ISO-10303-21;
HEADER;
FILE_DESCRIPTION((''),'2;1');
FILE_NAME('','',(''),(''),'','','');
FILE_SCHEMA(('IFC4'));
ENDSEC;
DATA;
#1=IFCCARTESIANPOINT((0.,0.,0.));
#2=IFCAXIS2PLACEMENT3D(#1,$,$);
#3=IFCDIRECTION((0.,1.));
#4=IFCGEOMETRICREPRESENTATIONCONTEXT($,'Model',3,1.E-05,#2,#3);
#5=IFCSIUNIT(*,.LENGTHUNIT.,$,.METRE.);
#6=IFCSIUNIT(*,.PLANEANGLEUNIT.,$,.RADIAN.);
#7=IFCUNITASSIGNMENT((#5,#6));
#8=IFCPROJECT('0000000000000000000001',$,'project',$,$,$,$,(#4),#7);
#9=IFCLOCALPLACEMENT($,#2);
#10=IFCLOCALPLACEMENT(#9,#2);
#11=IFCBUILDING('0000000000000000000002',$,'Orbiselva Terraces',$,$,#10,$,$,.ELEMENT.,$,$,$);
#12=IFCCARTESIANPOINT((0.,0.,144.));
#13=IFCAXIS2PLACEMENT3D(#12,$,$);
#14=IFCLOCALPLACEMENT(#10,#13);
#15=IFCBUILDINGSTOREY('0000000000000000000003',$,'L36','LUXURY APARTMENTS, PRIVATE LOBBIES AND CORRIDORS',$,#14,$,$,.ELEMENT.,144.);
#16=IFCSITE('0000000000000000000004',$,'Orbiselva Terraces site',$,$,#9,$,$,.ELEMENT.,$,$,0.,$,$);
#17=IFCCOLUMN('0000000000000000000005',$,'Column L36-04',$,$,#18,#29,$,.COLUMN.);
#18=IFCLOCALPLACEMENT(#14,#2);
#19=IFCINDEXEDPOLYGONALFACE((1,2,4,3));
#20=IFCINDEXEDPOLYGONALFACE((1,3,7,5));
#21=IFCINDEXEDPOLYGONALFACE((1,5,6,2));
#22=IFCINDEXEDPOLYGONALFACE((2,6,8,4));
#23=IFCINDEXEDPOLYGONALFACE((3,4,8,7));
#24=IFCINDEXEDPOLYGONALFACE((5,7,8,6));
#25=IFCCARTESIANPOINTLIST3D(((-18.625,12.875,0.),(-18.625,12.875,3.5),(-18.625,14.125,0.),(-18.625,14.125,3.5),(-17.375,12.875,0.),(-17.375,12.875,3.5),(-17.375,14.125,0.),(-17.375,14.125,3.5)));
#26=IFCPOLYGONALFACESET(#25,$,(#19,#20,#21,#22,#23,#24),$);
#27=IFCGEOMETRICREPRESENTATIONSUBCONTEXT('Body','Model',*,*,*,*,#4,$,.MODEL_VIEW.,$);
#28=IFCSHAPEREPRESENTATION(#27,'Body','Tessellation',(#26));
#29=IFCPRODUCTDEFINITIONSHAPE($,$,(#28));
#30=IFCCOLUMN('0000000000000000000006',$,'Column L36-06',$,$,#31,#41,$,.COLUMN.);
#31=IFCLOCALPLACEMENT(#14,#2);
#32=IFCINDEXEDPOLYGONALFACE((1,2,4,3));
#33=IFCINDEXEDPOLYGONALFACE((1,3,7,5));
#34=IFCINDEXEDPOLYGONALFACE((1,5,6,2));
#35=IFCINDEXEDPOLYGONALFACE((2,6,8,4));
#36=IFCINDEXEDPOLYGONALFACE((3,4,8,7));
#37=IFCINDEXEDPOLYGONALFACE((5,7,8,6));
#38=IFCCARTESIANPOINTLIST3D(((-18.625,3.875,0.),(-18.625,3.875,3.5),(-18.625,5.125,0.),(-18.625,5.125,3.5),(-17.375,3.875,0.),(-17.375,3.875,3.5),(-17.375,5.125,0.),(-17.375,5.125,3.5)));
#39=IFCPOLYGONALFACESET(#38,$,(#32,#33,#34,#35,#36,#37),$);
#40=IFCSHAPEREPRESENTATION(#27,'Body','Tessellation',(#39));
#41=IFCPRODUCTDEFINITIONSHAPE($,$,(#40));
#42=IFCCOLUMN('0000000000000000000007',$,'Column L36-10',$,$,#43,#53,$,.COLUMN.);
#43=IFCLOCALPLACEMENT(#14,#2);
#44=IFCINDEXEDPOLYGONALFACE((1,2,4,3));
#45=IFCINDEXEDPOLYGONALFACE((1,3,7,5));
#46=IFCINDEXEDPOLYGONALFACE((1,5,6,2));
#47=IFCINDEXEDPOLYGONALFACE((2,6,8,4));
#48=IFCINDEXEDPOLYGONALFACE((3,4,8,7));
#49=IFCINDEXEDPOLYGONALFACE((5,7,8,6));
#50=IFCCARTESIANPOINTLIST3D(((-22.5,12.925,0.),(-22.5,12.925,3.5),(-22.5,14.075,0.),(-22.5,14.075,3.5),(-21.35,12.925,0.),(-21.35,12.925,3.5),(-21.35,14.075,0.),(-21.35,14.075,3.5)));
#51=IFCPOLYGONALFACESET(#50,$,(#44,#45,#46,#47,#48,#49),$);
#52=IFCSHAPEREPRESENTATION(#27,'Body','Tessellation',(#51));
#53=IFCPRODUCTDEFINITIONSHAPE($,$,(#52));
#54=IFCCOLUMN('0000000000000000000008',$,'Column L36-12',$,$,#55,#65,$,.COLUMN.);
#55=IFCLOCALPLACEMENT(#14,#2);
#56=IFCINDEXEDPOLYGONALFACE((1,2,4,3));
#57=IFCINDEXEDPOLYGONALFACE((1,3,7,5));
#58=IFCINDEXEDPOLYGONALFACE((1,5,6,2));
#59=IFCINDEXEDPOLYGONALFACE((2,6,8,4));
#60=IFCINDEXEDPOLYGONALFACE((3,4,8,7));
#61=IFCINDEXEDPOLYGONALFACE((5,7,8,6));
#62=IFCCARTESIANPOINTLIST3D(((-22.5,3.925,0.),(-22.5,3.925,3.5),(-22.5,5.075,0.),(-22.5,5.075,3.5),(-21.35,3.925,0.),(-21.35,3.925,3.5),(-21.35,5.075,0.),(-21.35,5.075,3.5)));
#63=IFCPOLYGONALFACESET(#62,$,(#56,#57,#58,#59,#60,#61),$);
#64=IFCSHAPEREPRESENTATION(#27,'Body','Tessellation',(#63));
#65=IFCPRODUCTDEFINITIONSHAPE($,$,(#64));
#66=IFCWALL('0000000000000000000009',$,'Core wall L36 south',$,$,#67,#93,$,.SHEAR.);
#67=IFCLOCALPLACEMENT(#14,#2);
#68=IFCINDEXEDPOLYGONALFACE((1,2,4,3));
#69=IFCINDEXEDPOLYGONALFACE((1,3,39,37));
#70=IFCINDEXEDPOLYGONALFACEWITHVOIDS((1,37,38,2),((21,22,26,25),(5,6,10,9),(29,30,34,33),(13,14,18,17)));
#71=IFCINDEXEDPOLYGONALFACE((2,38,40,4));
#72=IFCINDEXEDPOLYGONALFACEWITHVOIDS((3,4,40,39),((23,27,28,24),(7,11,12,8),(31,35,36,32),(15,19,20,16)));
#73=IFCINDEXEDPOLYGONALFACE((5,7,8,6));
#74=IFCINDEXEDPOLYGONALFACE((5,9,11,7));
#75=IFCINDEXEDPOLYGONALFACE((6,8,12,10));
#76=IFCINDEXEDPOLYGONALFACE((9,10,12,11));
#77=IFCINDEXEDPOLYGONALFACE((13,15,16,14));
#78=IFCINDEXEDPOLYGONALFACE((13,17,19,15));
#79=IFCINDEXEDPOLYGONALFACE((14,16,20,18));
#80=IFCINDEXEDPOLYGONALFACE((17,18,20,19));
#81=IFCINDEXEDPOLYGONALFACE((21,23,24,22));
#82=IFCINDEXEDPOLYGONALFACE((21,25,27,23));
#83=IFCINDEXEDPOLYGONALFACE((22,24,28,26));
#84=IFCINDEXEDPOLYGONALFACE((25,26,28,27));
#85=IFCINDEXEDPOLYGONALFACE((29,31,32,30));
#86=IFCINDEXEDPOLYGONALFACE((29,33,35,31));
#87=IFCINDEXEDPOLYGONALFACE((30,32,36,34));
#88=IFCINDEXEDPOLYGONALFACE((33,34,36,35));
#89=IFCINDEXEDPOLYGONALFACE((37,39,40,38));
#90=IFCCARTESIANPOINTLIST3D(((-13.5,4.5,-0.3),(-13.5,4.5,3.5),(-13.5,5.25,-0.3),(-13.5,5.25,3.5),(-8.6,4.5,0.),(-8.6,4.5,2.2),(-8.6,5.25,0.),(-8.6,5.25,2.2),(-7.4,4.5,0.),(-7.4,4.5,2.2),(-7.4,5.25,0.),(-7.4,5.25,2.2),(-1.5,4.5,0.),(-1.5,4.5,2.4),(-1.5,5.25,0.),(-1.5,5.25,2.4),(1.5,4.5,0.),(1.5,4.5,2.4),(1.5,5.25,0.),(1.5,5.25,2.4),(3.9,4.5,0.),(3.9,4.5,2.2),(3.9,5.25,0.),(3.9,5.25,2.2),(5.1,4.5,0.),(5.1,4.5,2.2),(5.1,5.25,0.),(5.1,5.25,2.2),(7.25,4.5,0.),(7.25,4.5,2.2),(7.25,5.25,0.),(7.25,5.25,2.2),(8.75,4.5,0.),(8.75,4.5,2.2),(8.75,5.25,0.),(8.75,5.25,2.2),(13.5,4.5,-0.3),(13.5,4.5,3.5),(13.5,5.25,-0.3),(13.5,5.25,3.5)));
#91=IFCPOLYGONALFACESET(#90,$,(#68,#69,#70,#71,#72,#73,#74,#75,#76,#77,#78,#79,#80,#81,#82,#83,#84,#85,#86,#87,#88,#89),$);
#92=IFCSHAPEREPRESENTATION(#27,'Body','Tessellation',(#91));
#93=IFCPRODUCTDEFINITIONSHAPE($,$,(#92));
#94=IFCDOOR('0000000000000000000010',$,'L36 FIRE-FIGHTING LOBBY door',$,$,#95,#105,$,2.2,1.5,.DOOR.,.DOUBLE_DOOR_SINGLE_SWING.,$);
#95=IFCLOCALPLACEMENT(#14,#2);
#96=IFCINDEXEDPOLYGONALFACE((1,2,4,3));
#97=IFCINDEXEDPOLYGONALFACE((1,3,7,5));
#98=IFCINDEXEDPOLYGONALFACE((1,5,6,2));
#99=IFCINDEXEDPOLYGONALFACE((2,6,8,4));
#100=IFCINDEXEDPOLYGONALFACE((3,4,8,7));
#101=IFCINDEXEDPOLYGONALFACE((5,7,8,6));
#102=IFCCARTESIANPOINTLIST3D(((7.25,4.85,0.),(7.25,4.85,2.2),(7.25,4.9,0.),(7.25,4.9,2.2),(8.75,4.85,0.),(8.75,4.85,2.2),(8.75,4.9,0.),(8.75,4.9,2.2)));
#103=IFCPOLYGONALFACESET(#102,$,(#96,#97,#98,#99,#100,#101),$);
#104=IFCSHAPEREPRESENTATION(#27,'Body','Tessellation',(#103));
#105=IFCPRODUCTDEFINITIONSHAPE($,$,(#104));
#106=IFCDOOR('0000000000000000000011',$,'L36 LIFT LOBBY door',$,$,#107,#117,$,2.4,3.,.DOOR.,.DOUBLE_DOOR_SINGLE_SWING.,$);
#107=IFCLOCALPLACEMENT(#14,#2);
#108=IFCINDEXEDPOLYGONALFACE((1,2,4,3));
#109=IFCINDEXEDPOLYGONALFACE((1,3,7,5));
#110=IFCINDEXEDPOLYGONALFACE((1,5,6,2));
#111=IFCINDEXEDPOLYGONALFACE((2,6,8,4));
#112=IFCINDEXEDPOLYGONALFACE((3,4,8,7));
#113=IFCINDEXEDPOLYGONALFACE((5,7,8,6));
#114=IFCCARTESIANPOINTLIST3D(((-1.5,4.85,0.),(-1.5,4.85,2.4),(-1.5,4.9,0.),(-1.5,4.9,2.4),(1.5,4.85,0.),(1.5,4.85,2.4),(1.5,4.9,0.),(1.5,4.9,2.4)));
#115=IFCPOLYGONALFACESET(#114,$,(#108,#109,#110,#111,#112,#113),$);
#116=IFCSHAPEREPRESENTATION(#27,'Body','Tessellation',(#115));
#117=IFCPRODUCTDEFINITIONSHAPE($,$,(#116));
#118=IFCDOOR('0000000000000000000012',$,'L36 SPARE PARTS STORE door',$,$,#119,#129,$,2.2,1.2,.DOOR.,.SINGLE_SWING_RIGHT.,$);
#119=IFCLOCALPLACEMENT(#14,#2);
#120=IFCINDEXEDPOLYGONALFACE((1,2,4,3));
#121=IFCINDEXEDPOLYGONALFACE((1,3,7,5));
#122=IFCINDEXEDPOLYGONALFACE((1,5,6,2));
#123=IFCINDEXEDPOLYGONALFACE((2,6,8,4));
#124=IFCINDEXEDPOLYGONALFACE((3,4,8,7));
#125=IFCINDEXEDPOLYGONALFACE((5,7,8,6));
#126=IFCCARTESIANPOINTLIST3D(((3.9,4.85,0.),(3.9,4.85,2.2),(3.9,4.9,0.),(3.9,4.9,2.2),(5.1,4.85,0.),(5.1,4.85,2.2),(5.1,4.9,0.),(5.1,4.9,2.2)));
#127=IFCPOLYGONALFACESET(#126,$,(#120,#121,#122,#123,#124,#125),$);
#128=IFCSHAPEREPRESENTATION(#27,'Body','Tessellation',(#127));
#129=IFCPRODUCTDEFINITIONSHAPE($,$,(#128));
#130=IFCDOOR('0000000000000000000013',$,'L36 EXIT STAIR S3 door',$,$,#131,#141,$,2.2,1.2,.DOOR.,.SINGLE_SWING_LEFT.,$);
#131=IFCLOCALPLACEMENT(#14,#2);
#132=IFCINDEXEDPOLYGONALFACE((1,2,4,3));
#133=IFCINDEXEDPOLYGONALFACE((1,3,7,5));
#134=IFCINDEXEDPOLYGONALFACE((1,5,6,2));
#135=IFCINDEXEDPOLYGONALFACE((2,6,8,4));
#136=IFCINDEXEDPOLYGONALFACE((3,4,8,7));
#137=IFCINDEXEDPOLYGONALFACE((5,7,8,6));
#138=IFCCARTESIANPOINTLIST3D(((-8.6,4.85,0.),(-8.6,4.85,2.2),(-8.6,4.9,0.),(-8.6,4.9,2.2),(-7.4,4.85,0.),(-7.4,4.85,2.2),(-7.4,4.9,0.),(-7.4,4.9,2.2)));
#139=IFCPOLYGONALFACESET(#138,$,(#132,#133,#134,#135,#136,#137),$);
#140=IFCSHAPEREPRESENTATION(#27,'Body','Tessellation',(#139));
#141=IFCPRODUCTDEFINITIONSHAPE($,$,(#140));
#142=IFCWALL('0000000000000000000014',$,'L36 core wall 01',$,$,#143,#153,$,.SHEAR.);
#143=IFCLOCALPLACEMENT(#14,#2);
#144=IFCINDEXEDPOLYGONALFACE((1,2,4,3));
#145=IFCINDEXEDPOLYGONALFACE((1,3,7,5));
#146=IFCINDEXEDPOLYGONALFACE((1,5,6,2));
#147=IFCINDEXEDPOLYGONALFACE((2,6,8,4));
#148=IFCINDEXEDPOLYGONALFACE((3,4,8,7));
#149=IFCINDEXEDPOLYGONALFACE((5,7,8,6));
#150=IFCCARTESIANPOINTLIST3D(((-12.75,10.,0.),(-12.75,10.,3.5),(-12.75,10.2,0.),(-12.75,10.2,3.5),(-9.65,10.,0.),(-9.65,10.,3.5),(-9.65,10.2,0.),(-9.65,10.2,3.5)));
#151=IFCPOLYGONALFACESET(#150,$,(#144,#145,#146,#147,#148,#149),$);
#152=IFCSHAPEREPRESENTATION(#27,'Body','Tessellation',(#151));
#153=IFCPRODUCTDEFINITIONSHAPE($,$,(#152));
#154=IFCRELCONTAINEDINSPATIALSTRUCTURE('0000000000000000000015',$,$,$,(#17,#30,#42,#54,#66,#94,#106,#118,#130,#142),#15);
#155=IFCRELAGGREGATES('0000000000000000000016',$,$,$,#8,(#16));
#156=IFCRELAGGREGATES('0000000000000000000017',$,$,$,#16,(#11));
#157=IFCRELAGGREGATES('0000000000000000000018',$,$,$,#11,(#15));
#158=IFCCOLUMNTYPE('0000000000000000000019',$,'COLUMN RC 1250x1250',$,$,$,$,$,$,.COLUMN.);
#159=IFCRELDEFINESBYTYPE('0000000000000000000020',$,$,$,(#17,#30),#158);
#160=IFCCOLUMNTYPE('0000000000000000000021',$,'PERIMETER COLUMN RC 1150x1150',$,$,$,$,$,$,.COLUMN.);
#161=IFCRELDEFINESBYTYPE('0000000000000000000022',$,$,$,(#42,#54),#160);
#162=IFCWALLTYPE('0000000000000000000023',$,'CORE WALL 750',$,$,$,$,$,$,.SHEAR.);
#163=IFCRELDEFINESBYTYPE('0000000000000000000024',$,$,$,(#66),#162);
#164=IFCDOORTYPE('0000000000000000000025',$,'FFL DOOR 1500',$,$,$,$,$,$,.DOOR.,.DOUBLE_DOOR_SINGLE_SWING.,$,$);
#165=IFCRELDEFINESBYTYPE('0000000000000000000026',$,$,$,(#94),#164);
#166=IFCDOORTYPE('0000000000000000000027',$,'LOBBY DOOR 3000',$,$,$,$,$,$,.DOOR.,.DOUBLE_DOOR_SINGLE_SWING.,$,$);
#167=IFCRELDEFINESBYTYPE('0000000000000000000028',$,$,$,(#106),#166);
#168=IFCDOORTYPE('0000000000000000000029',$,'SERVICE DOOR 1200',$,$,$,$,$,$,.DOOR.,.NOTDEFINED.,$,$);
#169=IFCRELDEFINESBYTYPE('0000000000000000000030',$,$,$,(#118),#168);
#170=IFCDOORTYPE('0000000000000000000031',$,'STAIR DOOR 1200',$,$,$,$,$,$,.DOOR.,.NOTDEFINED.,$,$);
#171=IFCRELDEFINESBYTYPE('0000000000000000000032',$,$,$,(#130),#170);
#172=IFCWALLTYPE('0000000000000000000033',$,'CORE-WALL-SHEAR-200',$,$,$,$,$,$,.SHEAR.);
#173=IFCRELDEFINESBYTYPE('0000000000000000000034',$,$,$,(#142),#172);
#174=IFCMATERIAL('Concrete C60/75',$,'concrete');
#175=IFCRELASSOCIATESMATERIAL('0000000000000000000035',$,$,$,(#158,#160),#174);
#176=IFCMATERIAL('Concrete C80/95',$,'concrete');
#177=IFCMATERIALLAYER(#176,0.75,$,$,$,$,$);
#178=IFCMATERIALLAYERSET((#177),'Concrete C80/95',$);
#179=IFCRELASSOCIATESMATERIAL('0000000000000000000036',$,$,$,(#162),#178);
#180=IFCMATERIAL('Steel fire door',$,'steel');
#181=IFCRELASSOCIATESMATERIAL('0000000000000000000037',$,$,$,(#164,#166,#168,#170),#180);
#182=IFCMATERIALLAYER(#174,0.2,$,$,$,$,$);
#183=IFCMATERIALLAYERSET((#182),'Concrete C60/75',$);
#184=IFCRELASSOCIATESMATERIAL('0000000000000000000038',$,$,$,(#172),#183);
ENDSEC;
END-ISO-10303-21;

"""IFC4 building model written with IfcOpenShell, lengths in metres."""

from ifc_helpers import new_model, si_unit, direction, frame, frame_2d, origin, origin_2d, place, context, subcontext, project, spatial, rectangle, extrude, material, layer, layer_set, material_profile, profile_set, type_object, element, fill, save


model = new_model("IFC4")

# Units and contexts
model_context = context("Model", 3, precision=1e-05, world=origin(), true_north=direction((0.0, 1.0)))
body_context = subcontext(model_context, "Body", "Model", "MODEL_VIEW")
ifc_project = project(units=[si_unit("LENGTHUNIT", "METRE"), si_unit("PLANEANGLEUNIT", "RADIAN")], contexts=[model_context])

# Site, building, storey
site_placement = place(None, origin())
site = spatial("IfcSite", under=ifc_project, at=site_placement, Name="Orbiselva Terraces site", CompositionType="ELEMENT", RefElevation=0.0)
building_placement = place(site_placement, origin())
building = spatial("IfcBuilding", under=site, at=building_placement, Name="Orbiselva Terraces", CompositionType="ELEMENT")
storey_placement = place(building_placement, frame((0.0, 0.0, 144.0)))
storey = spatial("IfcBuildingStorey", under=building, at=storey_placement, Name="L36", Description="LUXURY APARTMENTS, PRIVATE LOBBIES AND CORRIDORS", CompositionType="ELEMENT", Elevation=144.0)

# Columns
ifc_material_1 = material(Name="Concrete C60/75", Category="concrete")
ifc_material_profile_1 = material_profile(ifc_material_1, rectangle(XDim=1.25, YDim=1.25, at=origin_2d()), Name="RC 1250x1250")
ifc_profile_set_1 = profile_set([ifc_material_profile_1], Name="Concrete C60/75")
column_type_1 = type_object("IfcColumnType", Name="COLUMN RC 1250x1250", PredefinedType="COLUMN", material=ifc_profile_set_1)
for number, where, z_axis, x_axis, name in (
    (1, (-18.0, 13.5, 0.0), (0.0, 0.0, 1.0), (1.0, 0.0, 0.0), "Column L36-04"),
    (2, (-18.0, 4.5, 0.0), (0.0, 0.0, 1.0), (1.0, 0.0, 0.0), "Column L36-06"),
):
    element("IfcColumn", number, at=place(storey_placement, frame(where, z_axis=z_axis, x_axis=x_axis)), inside=storey, type_object=column_type_1, Name=name, PredefinedType="COLUMN", context=body_context, shape_type="SweptSolid", body=[
        extrude(rectangle(XDim=1.25, YDim=1.25, at=origin_2d()), origin(), (0.0, 0.0, 1.0), 3.5),
    ])
ifc_material_profile_2 = material_profile(ifc_material_1, rectangle(XDim=1.15, YDim=1.15, at=origin_2d()), Name="RC 1150x1150")
ifc_profile_set_2 = profile_set([ifc_material_profile_2], Name="Concrete C60/75")
column_type_2 = type_object("IfcColumnType", Name="PERIMETER COLUMN RC 1150x1150", PredefinedType="COLUMN", material=ifc_profile_set_2)
for number, where, z_axis, x_axis, name in (
    (3, (-21.925, 13.5, 0.0), (0.0, 0.0, 1.0), (1.0, 0.0, 0.0), "Column L36-10"),
    (4, (-21.925, 4.5, 0.0), (0.0, 0.0, 1.0), (1.0, 0.0, 0.0), "Column L36-12"),
):
    element("IfcColumn", number, at=place(storey_placement, frame(where, z_axis=z_axis, x_axis=x_axis)), inside=storey, type_object=column_type_2, Name=name, PredefinedType="COLUMN", context=body_context, shape_type="SweptSolid", body=[
        extrude(rectangle(XDim=1.15, YDim=1.15, at=origin_2d()), origin(), (0.0, 0.0, 1.0), 3.5),
    ])

# Wall, openings, doors
ifc_material_2 = material(Name="Concrete C80/95", Category="concrete")
ifc_layer_1 = layer(ifc_material_2, 0.75)
ifc_layer_set_1 = layer_set([ifc_layer_1], Name="Concrete C80/95")
wall_type_1 = type_object("IfcWallType", Name="CORE WALL 750", PredefinedType="SHEAR", material=ifc_layer_set_1)
wall_1_placement = place(storey_placement, frame((-13.5, 4.875, -0.3), z_axis=(0.0, 0.0, 1.0), x_axis=(1.0, 0.0, 0.0)))
wall_1 = element("IfcWall", 5, at=wall_1_placement, inside=storey, type_object=wall_type_1, Name="Core wall L36 south", PredefinedType="SHEAR", context=body_context, shape_type="SweptSolid", body=[
    extrude(rectangle(XDim=27.0, YDim=0.75, at=frame_2d((13.5, 0.0))), origin(), (0.0, 0.0, 1.0), 3.8),
])
opening_1_placement = place(wall_1_placement, frame((12.0, 0.0, 0.3)))
opening_1 = element("IfcOpeningElement", 6, at=opening_1_placement, cuts=wall_1, PredefinedType="OPENING", context=body_context, shape_type="SweptSolid", body=[
    extrude(rectangle(XDim=3.0, YDim=2.4, at=frame_2d((1.5, 1.2))), frame((0.0, 0.385, 0.0), z_axis=(0.0, -1.0, 0.0), x_axis=(1.0, 0.0, 0.0)), (0.0, 0.0, 1.0), 0.77),
])
opening_2_placement = place(wall_1_placement, frame((4.9, 0.0, 0.3)))
opening_2 = element("IfcOpeningElement", 7, at=opening_2_placement, cuts=wall_1, PredefinedType="OPENING", context=body_context, shape_type="SweptSolid", body=[
    extrude(rectangle(XDim=1.2, YDim=2.2, at=frame_2d((0.6, 1.1))), frame((0.0, 0.385, 0.0), z_axis=(0.0, -1.0, 0.0), x_axis=(1.0, 0.0, 0.0)), (0.0, 0.0, 1.0), 0.77),
])
opening_3_placement = place(wall_1_placement, frame((20.75, 0.0, 0.3)))
opening_3 = element("IfcOpeningElement", 8, at=opening_3_placement, cuts=wall_1, PredefinedType="OPENING", context=body_context, shape_type="SweptSolid", body=[
    extrude(rectangle(XDim=1.5, YDim=2.2, at=frame_2d((0.75, 1.1))), frame((0.0, 0.385, 0.0), z_axis=(0.0, -1.0, 0.0), x_axis=(1.0, 0.0, 0.0)), (0.0, 0.0, 1.0), 0.77),
])
opening_4_placement = place(wall_1_placement, frame((17.4, 0.0, 0.3)))
opening_4 = element("IfcOpeningElement", 9, at=opening_4_placement, cuts=wall_1, PredefinedType="OPENING", context=body_context, shape_type="SweptSolid", body=[
    extrude(rectangle(XDim=1.2, YDim=2.2, at=frame_2d((0.6, 1.1))), frame((0.0, 0.385, 0.0), z_axis=(0.0, -1.0, 0.0), x_axis=(1.0, 0.0, 0.0)), (0.0, 0.0, 1.0), 0.77),
])
ifc_material_3 = material(Name="Steel fire door", Category="steel")
door_type_1 = type_object("IfcDoorType", Name="FFL DOOR 1500", OperationType="DOUBLE_DOOR_SINGLE_SWING", PredefinedType="DOOR", material=ifc_material_3)
door_1_placement = place(opening_3_placement, frame((1.5, 0.0, 0.0), z_axis=(0.0, 0.0, 1.0), x_axis=(-1.0, 0.0, 0.0)))
door_1 = element("IfcDoor", 10, at=door_1_placement, inside=storey, type_object=door_type_1, Name="L36 FIRE-FIGHTING LOBBY door", OperationType="DOUBLE_DOOR_SINGLE_SWING", OverallHeight=2.2, OverallWidth=1.5, PredefinedType="DOOR", context=body_context, shape_type="SweptSolid", body=[
    extrude(rectangle(XDim=1.5, YDim=2.2, at=frame_2d((0.75, 1.1))), frame((0.0, 0.025, 0.0), z_axis=(0.0, -1.0, 0.0), x_axis=(1.0, 0.0, 0.0)), (0.0, 0.0, 1.0), 0.05),
])
fill(opening_3, door_1)
door_type_2 = type_object("IfcDoorType", Name="LOBBY DOOR 3000", OperationType="DOUBLE_DOOR_SINGLE_SWING", PredefinedType="DOOR", material=ifc_material_3)
door_2_placement = place(opening_1_placement, frame((3.0, 0.0, 0.0), z_axis=(0.0, 0.0, 1.0), x_axis=(-1.0, 0.0, 0.0)))
door_2 = element("IfcDoor", 11, at=door_2_placement, inside=storey, type_object=door_type_2, Name="L36 LIFT LOBBY door", OperationType="DOUBLE_DOOR_SINGLE_SWING", OverallHeight=2.4, OverallWidth=3.0, PredefinedType="DOOR", context=body_context, shape_type="SweptSolid", body=[
    extrude(rectangle(XDim=3.0, YDim=2.4, at=frame_2d((1.5, 1.2))), frame((0.0, 0.025, 0.0), z_axis=(0.0, -1.0, 0.0), x_axis=(1.0, 0.0, 0.0)), (0.0, 0.0, 1.0), 0.05),
])
fill(opening_1, door_2)
door_type_3 = type_object("IfcDoorType", Name="SERVICE DOOR 1200", OperationType="NOTDEFINED", PredefinedType="DOOR", material=ifc_material_3)
door_3_placement = place(opening_4_placement, frame((1.2, 0.0, 0.0), z_axis=(0.0, 0.0, 1.0), x_axis=(-1.0, 0.0, 0.0)))
door_3 = element("IfcDoor", 12, at=door_3_placement, inside=storey, type_object=door_type_3, Name="L36 SPARE PARTS STORE door", OperationType="SINGLE_SWING_RIGHT", OverallHeight=2.2, OverallWidth=1.2, PredefinedType="DOOR", context=body_context, shape_type="SweptSolid", body=[
    extrude(rectangle(XDim=1.2, YDim=2.2, at=frame_2d((0.6, 1.1))), frame((0.0, 0.025, 0.0), z_axis=(0.0, -1.0, 0.0), x_axis=(1.0, 0.0, 0.0)), (0.0, 0.0, 1.0), 0.05),
])
fill(opening_4, door_3)
door_type_4 = type_object("IfcDoorType", Name="STAIR DOOR 1200", OperationType="NOTDEFINED", PredefinedType="DOOR", material=ifc_material_3)
door_4_placement = place(opening_2_placement, frame((1.2, 0.0, 0.0), z_axis=(0.0, 0.0, 1.0), x_axis=(-1.0, 0.0, 0.0)))
door_4 = element("IfcDoor", 13, at=door_4_placement, inside=storey, type_object=door_type_4, Name="L36 EXIT STAIR S3 door", OperationType="SINGLE_SWING_LEFT", OverallHeight=2.2, OverallWidth=1.2, PredefinedType="DOOR", context=body_context, shape_type="SweptSolid", body=[
    extrude(rectangle(XDim=1.2, YDim=2.2, at=frame_2d((0.6, 1.1))), frame((0.0, 0.025, 0.0), z_axis=(0.0, -1.0, 0.0), x_axis=(1.0, 0.0, 0.0)), (0.0, 0.0, 1.0), 0.05),
])
fill(opening_2, door_4)

# Wall
ifc_layer_2 = layer(ifc_material_1, 0.2)
ifc_layer_set_2 = layer_set([ifc_layer_2], Name="Concrete C60/75")
wall_type_2 = type_object("IfcWallType", Name="CORE-WALL-SHEAR-200", PredefinedType="SHEAR", material=ifc_layer_set_2)
wall_2_placement = place(storey_placement, frame((-12.75, 10.1, 0.0), z_axis=(0.0, 0.0, 1.0), x_axis=(1.0, 0.0, 0.0)))
element("IfcWall", 14, at=wall_2_placement, inside=storey, type_object=wall_type_2, Name="L36 core wall 01", PredefinedType="SHEAR", context=body_context, shape_type="SweptSolid", body=[
    extrude(rectangle(XDim=3.1, YDim=0.2, at=frame_2d((1.55, 0.0))), origin(), (0.0, 0.0, 1.0), 3.5),
])

save(model, "model.ifc")
